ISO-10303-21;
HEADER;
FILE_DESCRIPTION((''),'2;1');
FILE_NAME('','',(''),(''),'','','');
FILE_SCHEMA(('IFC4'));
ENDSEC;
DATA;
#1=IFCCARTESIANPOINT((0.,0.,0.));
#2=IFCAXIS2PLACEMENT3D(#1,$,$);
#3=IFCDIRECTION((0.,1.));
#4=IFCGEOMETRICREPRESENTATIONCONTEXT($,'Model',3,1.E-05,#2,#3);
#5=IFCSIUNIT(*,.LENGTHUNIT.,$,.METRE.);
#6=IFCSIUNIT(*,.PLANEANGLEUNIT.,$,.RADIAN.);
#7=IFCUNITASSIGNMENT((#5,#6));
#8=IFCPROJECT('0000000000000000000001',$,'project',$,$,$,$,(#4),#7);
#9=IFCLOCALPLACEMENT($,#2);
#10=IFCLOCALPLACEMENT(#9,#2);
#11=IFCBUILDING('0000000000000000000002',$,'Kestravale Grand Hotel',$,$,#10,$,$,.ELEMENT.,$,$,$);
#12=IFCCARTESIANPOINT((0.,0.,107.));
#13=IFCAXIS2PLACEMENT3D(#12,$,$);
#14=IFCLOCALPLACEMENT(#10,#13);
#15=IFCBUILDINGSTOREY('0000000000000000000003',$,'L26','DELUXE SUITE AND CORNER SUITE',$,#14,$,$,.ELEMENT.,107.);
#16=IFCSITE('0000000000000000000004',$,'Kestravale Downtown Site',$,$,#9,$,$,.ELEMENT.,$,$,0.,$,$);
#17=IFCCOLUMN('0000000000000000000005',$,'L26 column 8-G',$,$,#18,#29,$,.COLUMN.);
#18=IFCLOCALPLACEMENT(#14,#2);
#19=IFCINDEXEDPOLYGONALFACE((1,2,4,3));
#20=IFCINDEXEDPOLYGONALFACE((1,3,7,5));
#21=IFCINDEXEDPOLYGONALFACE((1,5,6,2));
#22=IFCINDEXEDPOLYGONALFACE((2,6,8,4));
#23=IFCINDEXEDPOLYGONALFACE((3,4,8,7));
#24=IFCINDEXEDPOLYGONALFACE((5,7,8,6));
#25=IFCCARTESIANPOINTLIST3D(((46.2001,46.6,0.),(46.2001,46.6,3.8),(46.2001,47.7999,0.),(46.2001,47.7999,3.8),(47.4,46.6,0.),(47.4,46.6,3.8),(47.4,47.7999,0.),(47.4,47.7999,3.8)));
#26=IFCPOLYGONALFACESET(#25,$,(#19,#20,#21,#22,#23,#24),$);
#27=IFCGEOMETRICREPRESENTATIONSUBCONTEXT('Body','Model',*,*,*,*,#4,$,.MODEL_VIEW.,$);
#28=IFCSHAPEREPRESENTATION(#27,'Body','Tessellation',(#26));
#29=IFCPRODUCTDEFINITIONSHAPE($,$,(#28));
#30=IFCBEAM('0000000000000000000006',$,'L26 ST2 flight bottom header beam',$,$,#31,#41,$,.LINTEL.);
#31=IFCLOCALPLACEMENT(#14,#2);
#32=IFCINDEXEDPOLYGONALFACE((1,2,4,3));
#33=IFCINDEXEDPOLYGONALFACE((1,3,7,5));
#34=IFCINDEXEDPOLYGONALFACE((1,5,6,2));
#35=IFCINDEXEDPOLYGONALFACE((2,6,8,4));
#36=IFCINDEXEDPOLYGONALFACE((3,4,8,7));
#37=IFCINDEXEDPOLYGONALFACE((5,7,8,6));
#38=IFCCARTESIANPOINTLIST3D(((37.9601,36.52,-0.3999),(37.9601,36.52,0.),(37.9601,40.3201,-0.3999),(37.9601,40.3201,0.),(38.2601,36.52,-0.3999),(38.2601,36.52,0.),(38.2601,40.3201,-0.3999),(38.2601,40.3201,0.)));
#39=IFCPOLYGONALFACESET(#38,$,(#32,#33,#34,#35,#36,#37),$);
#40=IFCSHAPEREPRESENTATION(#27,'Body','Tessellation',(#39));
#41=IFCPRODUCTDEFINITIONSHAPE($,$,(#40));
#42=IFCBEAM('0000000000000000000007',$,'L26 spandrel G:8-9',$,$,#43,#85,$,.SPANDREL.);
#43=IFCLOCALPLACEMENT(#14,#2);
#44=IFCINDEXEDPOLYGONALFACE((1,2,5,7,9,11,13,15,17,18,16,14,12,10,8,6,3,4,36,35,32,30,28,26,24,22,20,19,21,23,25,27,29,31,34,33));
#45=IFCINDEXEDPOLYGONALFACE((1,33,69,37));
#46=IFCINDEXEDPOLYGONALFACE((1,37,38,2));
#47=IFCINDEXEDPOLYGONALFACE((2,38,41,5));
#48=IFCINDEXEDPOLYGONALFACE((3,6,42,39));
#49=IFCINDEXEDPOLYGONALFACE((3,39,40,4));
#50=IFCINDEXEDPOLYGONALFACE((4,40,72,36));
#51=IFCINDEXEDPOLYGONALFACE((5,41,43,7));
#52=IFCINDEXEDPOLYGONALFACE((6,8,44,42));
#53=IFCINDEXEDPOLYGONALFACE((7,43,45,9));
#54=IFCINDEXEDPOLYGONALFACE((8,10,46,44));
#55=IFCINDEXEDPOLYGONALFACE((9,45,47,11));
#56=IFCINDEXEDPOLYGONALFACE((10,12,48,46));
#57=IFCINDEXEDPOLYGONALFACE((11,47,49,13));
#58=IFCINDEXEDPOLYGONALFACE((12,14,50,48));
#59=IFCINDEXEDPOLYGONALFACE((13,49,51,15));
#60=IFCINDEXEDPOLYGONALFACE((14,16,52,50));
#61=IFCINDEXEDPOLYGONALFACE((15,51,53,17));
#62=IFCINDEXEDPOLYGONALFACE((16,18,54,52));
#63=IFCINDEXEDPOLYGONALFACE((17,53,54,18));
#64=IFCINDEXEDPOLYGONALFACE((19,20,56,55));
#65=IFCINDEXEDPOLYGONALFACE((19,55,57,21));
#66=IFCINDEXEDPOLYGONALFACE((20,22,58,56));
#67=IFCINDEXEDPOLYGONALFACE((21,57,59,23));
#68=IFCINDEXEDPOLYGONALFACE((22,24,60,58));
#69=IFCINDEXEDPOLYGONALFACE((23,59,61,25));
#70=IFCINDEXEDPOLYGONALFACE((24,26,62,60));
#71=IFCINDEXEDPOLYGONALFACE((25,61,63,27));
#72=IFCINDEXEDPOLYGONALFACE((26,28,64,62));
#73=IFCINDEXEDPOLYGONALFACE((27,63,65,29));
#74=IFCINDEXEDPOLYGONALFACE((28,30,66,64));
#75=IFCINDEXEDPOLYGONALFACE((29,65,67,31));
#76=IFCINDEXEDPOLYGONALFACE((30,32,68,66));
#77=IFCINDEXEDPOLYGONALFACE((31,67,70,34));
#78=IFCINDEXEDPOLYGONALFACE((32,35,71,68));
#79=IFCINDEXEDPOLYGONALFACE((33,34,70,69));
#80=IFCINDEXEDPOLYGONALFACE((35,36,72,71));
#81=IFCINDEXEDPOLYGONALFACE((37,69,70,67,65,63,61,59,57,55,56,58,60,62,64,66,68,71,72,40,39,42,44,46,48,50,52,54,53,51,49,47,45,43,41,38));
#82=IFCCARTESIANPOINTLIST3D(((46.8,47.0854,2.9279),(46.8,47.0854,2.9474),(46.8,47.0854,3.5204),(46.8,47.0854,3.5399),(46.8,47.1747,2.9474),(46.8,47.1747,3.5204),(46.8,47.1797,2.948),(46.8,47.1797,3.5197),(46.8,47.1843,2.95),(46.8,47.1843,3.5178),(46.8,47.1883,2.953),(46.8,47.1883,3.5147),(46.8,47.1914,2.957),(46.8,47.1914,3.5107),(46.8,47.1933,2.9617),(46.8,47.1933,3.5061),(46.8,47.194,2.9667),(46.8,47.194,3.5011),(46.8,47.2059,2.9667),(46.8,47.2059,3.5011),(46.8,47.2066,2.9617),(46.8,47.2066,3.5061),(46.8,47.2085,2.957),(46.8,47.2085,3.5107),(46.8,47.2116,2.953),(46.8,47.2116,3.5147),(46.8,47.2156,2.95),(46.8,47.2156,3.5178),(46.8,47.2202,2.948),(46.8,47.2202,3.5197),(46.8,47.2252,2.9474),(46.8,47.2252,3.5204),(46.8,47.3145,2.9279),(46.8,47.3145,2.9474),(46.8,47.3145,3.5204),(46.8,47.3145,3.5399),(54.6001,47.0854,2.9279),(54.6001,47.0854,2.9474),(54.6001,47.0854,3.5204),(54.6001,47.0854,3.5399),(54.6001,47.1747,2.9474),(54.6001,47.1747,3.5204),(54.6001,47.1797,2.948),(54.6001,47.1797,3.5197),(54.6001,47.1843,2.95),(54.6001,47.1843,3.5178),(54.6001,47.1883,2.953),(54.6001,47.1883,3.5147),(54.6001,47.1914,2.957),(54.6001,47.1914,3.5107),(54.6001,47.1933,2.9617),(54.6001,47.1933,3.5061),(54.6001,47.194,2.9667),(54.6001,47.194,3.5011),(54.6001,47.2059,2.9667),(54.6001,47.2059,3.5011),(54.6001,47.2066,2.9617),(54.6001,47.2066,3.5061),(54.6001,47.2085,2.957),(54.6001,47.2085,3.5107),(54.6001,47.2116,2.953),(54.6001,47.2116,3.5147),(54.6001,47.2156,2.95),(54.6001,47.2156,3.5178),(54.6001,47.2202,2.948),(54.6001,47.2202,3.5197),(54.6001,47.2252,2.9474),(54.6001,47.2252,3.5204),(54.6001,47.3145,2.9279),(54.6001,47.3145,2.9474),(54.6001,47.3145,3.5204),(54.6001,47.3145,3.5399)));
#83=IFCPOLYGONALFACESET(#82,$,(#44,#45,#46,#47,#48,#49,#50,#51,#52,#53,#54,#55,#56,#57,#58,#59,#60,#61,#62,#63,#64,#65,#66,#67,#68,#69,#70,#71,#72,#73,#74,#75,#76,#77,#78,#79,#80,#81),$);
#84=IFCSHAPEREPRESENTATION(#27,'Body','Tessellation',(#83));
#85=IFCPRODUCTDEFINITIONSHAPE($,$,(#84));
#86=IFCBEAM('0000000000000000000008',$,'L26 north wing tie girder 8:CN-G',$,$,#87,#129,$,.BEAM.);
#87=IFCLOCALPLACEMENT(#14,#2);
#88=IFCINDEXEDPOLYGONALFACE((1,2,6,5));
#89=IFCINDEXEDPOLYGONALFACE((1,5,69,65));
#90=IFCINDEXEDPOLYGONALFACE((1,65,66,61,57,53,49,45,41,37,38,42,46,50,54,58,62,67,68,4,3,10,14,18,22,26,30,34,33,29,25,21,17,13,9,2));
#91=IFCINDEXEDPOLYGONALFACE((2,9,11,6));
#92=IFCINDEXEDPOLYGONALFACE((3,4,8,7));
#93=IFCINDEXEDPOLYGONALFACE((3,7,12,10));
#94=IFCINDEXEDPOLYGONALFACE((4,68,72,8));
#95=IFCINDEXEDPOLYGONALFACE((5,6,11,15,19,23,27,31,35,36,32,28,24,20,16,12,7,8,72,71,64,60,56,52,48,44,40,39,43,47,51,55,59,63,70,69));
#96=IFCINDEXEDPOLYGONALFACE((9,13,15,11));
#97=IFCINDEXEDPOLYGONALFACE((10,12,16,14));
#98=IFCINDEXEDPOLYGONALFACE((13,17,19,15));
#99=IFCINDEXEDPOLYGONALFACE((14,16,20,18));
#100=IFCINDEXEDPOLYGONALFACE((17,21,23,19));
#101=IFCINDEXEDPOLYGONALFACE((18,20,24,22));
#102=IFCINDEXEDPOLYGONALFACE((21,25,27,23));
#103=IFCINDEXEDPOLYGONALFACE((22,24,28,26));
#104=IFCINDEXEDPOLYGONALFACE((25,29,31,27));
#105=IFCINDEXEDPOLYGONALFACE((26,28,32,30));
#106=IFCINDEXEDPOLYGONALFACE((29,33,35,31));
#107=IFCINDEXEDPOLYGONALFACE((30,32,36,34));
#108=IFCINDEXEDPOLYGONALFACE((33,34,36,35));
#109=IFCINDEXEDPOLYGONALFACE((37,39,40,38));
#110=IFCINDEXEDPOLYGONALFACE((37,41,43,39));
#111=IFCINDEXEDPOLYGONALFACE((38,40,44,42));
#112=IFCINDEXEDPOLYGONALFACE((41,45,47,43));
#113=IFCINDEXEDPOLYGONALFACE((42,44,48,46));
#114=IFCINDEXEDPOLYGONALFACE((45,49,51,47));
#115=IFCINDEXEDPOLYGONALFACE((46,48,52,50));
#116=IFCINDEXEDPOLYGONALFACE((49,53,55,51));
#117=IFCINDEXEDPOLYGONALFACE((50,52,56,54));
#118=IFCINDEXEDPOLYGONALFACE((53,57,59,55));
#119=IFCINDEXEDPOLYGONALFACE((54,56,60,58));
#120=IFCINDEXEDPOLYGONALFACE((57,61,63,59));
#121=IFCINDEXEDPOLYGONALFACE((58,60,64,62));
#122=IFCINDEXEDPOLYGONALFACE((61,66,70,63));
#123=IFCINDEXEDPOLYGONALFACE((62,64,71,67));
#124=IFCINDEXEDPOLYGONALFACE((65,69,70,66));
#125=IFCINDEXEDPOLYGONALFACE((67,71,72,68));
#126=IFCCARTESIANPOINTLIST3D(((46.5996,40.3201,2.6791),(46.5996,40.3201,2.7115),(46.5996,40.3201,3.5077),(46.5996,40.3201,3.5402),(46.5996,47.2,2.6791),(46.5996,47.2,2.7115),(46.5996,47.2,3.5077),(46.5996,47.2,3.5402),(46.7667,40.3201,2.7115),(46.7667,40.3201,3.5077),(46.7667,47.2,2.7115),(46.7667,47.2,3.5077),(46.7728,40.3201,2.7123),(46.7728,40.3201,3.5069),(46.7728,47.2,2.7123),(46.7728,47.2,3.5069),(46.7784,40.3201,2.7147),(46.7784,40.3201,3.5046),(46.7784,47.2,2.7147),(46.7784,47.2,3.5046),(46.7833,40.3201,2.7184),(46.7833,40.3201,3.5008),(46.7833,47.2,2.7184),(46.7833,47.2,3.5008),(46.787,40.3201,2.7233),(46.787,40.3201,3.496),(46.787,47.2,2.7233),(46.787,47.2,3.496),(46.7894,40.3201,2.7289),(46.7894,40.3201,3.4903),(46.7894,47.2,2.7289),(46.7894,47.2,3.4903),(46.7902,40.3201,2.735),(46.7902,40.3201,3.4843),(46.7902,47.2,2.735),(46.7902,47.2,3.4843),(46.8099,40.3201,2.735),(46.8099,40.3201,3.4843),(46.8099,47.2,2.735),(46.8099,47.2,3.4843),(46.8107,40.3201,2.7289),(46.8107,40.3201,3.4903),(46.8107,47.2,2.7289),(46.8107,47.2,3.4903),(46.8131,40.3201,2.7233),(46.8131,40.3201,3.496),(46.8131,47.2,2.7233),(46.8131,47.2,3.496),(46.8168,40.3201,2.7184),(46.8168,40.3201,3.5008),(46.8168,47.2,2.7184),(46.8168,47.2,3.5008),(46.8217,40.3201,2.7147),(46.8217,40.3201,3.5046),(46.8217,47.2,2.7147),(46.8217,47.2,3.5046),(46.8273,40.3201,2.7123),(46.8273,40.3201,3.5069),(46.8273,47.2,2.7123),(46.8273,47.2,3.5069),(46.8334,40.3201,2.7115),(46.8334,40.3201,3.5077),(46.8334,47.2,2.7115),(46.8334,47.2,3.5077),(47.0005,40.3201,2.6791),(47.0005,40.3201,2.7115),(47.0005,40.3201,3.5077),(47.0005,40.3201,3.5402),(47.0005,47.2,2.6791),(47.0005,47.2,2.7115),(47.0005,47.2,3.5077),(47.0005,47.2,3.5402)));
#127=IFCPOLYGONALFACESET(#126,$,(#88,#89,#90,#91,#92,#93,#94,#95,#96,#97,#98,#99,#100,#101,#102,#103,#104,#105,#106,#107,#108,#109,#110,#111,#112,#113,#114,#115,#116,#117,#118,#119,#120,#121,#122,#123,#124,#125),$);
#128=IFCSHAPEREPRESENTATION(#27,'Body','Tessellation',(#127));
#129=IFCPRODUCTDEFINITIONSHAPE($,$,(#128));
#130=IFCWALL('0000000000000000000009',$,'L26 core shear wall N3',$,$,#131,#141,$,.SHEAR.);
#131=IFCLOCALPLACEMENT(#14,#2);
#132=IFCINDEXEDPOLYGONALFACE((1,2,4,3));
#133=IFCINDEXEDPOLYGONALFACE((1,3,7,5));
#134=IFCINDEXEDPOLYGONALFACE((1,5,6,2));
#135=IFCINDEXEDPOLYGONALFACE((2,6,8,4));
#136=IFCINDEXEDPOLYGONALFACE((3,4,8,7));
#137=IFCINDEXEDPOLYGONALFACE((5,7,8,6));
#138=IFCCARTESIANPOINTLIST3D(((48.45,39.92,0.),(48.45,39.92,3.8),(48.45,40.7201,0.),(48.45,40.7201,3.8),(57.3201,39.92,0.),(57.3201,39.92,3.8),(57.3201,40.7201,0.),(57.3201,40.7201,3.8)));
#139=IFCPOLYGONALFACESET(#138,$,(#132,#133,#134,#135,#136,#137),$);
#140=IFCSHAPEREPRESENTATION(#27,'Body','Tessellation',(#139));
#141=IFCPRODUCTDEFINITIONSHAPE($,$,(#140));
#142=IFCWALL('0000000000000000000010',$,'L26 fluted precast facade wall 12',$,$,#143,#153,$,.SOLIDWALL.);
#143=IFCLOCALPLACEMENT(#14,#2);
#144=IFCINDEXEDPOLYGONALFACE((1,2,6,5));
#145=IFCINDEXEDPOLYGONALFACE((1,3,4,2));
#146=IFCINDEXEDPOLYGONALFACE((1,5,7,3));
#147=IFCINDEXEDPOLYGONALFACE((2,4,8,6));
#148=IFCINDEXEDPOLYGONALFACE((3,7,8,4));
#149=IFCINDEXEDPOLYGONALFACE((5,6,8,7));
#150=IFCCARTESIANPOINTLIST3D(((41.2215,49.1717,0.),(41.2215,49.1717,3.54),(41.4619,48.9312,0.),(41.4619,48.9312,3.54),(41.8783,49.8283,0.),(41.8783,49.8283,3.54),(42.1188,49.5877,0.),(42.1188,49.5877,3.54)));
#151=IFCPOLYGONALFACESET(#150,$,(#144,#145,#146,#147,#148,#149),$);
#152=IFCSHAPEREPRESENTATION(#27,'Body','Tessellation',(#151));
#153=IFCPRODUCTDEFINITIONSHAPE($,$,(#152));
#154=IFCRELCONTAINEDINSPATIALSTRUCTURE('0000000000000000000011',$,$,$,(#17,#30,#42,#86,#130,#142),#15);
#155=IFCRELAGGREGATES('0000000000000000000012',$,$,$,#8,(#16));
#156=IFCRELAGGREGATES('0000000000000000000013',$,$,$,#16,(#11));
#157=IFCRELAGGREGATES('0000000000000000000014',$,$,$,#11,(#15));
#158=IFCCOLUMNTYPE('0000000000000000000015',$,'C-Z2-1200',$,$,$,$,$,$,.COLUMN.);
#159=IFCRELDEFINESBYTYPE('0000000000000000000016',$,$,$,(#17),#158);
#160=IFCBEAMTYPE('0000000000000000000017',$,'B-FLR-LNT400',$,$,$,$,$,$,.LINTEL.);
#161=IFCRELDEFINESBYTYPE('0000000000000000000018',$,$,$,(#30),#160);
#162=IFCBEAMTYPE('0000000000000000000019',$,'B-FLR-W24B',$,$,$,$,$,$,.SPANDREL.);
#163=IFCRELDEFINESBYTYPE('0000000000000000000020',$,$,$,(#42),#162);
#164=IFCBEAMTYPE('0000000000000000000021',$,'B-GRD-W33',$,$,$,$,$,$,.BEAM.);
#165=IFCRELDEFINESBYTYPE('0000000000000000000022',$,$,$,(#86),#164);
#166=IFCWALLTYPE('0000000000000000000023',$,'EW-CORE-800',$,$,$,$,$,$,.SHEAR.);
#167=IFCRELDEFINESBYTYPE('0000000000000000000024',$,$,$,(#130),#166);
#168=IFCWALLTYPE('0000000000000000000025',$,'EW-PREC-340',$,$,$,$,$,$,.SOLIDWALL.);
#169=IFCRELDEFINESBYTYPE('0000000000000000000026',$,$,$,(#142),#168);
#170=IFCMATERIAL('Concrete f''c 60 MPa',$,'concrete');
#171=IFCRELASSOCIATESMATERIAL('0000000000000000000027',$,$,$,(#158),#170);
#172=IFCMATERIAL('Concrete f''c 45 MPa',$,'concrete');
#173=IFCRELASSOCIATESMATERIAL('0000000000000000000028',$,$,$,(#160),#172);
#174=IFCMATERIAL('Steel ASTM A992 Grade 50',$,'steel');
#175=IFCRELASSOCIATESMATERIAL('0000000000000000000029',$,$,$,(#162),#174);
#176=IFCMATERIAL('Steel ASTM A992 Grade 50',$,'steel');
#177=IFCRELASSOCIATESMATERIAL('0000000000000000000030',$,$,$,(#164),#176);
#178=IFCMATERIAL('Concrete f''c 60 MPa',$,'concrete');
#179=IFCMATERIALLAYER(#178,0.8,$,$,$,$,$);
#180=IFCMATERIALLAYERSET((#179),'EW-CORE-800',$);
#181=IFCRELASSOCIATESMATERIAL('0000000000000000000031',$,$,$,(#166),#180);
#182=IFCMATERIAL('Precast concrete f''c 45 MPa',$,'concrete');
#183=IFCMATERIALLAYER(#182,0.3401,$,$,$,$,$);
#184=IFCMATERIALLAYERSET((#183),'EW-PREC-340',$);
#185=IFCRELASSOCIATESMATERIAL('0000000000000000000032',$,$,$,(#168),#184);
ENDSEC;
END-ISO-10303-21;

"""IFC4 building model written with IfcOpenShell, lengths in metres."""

from ifc_helpers import new_model, si_unit, direction, frame, frame_2d, origin, origin_2d, place, context, subcontext, project, spatial, rectangle, i_section, extrude, material, layer, layer_set, material_profile, profile_set, type_object, element, save


model = new_model("IFC4")

# Units and contexts
model_context = context("Model", 3, precision=1e-05, world=origin(), true_north=direction((0.0, 1.0)))
body_context = subcontext(model_context, "Body", "Model", "MODEL_VIEW")
ifc_project = project(units=[si_unit("LENGTHUNIT", "METRE"), si_unit("PLANEANGLEUNIT", "RADIAN")], contexts=[model_context])

# Site, building, storey
site_placement = place(None, origin())
site = spatial("IfcSite", under=ifc_project, at=site_placement, Name="Kestravale Downtown Site", CompositionType="ELEMENT", RefElevation=0.0)
building_placement = place(site_placement, origin())
building = spatial("IfcBuilding", under=site, at=building_placement, Name="Kestravale Grand Hotel", CompositionType="ELEMENT")
storey_placement = place(building_placement, frame((0.0, 0.0, 107.0)))
storey = spatial("IfcBuildingStorey", under=building, at=storey_placement, Name="L26", Description="DELUXE SUITE AND CORNER SUITE", CompositionType="ELEMENT", Elevation=107.0)

# Column
ifc_material_1 = material(Name="Concrete f'c 60 MPa", Category="concrete")
ifc_material_profile_1 = material_profile(ifc_material_1, rectangle(XDim=1.2, YDim=1.2, at=origin_2d()))
ifc_profile_set_1 = profile_set([ifc_material_profile_1], Name="Concrete f'c 60 MPa")
column_type = type_object("IfcColumnType", Name="C-Z2-1200", PredefinedType="COLUMN", material=ifc_profile_set_1)
column_placement = place(storey_placement, frame((46.8, 47.2, 0.0), z_axis=(0.0, 0.0, 1.0), x_axis=(1.0, 0.0, 0.0)))
element("IfcColumn", 1, at=column_placement, inside=storey, type_object=column_type, Name="L26 column 8-G", PredefinedType="COLUMN", context=body_context, shape_type="SweptSolid", body=[
    extrude(rectangle(XDim=1.2, YDim=1.2, at=origin_2d()), origin(), (0.0, 0.0, 1.0), 3.8),
])

# Beams
ifc_material_2 = material(Name="Concrete f'c 45 MPa", Category="concrete")
ifc_material_profile_2 = material_profile(ifc_material_2, rectangle(XDim=0.3, YDim=0.3999, at=origin_2d()))
ifc_profile_set_2 = profile_set([ifc_material_profile_2], Name="Concrete f'c 45 MPa")
beam_type_1 = type_object("IfcBeamType", Name="B-FLR-LNT400", PredefinedType="LINTEL", material=ifc_profile_set_2)
beam_1_placement = place(storey_placement, frame((38.1101, 36.52, -0.2), z_axis=(0.0, 1.0, 0.0), x_axis=(-1.0, 0.0, 0.0)))
element("IfcBeam", 2, at=beam_1_placement, inside=storey, type_object=beam_type_1, Name="L26 ST2 flight bottom header beam", PredefinedType="LINTEL", context=body_context, shape_type="SweptSolid", body=[
    extrude(rectangle(XDim=0.3, YDim=0.3999, at=origin_2d()), origin(), (0.0, 0.0, 1.0), 3.8),
])
ifc_material_3 = material(Name="Steel ASTM A992 Grade 50", Category="steel")
ifc_material_profile_3 = material_profile(ifc_material_3, i_section(OverallWidth=0.229, OverallDepth=0.6121, WebThickness=0.012, FlangeThickness=0.0195, FilletRadius=0.0193, at=origin_2d()))
ifc_profile_set_3 = profile_set([ifc_material_profile_3], Name="Steel ASTM A992 Grade 50")
beam_type_2 = type_object("IfcBeamType", Name="B-FLR-W24B", PredefinedType="SPANDREL", material=ifc_profile_set_3)
beam_2_placement = place(storey_placement, frame((46.8, 47.2, 3.2339), z_axis=(1.0, 0.0, 0.0), x_axis=(0.0, 1.0, 0.0)))
element("IfcBeam", 3, at=beam_2_placement, inside=storey, type_object=beam_type_2, Name="L26 spandrel G:8-9", PredefinedType="SPANDREL", context=body_context, shape_type="SweptSolid", body=[
    extrude(i_section(OverallWidth=0.229, OverallDepth=0.6121, WebThickness=0.012, FlangeThickness=0.0195, FilletRadius=0.0193, at=origin_2d()), origin(), (0.0, 0.0, 1.0), 7.8),
])
ifc_material_4 = material(Name="Steel ASTM A992 Grade 50", Category="steel")
ifc_material_profile_4 = material_profile(ifc_material_4, i_section(OverallWidth=0.4009, OverallDepth=0.8611, WebThickness=0.0198, FlangeThickness=0.0325, FilletRadius=0.0234, at=origin_2d()))
ifc_profile_set_4 = profile_set([ifc_material_profile_4], Name="Steel ASTM A992 Grade 50")
beam_type_3 = type_object("IfcBeamType", Name="B-GRD-W33", PredefinedType="BEAM", material=ifc_profile_set_4)
beam_3_placement = place(storey_placement, frame((46.8, 40.3201, 3.1096), z_axis=(0.0, 1.0, 0.0), x_axis=(-1.0, 0.0, 0.0)))
element("IfcBeam", 4, at=beam_3_placement, inside=storey, type_object=beam_type_3, Name="L26 north wing tie girder 8:CN-G", PredefinedType="BEAM", context=body_context, shape_type="SweptSolid", body=[
    extrude(i_section(OverallWidth=0.4009, OverallDepth=0.8611, WebThickness=0.0198, FlangeThickness=0.0325, FilletRadius=0.0234, at=origin_2d()), origin(), (0.0, 0.0, 1.0), 6.8799),
])

# Walls
ifc_material_5 = material(Name="Concrete f'c 60 MPa", Category="concrete")
ifc_layer_1 = layer(ifc_material_5, 0.8)
ifc_layer_set_1 = layer_set([ifc_layer_1], Name="EW-CORE-800")
wall_type_1 = type_object("IfcWallType", Name="EW-CORE-800", PredefinedType="SHEAR", material=ifc_layer_set_1)
wall_1_placement = place(storey_placement, frame((48.45, 40.3201, 0.0), z_axis=(0.0, 0.0, 1.0), x_axis=(1.0, 0.0, 0.0)))
element("IfcWall", 5, at=wall_1_placement, inside=storey, type_object=wall_type_1, Name="L26 core shear wall N3", PredefinedType="SHEAR", context=body_context, shape_type="SweptSolid", body=[
    extrude(rectangle(XDim=8.8701, YDim=0.8, at=frame_2d((4.4351, 0.0))), origin(), (0.0, 0.0, 1.0), 3.8),
])
ifc_material_6 = material(Name="Precast concrete f'c 45 MPa", Category="concrete")
ifc_layer_2 = layer(ifc_material_6, 0.3401)
ifc_layer_set_2 = layer_set([ifc_layer_2], Name="EW-PREC-340")
wall_type_2 = type_object("IfcWallType", Name="EW-PREC-340", PredefinedType="SOLIDWALL", material=ifc_layer_set_2)
wall_2_placement = place(storey_placement, frame((41.9985, 49.708, 0.0), z_axis=(0.0, 0.0, 1.0), x_axis=(-0.707238, -0.706975, 0.0)))
element("IfcWall", 6, at=wall_2_placement, inside=storey, type_object=wall_type_2, Name="L26 fluted precast facade wall 12", PredefinedType="SOLIDWALL", context=body_context, shape_type="SweptSolid", body=[
    extrude(rectangle(XDim=0.9287, YDim=0.3401, at=frame_2d((0.4644, 0.0))), origin(), (0.0, 0.0, 1.0), 3.54),
])

save(model, "model.ifc")
